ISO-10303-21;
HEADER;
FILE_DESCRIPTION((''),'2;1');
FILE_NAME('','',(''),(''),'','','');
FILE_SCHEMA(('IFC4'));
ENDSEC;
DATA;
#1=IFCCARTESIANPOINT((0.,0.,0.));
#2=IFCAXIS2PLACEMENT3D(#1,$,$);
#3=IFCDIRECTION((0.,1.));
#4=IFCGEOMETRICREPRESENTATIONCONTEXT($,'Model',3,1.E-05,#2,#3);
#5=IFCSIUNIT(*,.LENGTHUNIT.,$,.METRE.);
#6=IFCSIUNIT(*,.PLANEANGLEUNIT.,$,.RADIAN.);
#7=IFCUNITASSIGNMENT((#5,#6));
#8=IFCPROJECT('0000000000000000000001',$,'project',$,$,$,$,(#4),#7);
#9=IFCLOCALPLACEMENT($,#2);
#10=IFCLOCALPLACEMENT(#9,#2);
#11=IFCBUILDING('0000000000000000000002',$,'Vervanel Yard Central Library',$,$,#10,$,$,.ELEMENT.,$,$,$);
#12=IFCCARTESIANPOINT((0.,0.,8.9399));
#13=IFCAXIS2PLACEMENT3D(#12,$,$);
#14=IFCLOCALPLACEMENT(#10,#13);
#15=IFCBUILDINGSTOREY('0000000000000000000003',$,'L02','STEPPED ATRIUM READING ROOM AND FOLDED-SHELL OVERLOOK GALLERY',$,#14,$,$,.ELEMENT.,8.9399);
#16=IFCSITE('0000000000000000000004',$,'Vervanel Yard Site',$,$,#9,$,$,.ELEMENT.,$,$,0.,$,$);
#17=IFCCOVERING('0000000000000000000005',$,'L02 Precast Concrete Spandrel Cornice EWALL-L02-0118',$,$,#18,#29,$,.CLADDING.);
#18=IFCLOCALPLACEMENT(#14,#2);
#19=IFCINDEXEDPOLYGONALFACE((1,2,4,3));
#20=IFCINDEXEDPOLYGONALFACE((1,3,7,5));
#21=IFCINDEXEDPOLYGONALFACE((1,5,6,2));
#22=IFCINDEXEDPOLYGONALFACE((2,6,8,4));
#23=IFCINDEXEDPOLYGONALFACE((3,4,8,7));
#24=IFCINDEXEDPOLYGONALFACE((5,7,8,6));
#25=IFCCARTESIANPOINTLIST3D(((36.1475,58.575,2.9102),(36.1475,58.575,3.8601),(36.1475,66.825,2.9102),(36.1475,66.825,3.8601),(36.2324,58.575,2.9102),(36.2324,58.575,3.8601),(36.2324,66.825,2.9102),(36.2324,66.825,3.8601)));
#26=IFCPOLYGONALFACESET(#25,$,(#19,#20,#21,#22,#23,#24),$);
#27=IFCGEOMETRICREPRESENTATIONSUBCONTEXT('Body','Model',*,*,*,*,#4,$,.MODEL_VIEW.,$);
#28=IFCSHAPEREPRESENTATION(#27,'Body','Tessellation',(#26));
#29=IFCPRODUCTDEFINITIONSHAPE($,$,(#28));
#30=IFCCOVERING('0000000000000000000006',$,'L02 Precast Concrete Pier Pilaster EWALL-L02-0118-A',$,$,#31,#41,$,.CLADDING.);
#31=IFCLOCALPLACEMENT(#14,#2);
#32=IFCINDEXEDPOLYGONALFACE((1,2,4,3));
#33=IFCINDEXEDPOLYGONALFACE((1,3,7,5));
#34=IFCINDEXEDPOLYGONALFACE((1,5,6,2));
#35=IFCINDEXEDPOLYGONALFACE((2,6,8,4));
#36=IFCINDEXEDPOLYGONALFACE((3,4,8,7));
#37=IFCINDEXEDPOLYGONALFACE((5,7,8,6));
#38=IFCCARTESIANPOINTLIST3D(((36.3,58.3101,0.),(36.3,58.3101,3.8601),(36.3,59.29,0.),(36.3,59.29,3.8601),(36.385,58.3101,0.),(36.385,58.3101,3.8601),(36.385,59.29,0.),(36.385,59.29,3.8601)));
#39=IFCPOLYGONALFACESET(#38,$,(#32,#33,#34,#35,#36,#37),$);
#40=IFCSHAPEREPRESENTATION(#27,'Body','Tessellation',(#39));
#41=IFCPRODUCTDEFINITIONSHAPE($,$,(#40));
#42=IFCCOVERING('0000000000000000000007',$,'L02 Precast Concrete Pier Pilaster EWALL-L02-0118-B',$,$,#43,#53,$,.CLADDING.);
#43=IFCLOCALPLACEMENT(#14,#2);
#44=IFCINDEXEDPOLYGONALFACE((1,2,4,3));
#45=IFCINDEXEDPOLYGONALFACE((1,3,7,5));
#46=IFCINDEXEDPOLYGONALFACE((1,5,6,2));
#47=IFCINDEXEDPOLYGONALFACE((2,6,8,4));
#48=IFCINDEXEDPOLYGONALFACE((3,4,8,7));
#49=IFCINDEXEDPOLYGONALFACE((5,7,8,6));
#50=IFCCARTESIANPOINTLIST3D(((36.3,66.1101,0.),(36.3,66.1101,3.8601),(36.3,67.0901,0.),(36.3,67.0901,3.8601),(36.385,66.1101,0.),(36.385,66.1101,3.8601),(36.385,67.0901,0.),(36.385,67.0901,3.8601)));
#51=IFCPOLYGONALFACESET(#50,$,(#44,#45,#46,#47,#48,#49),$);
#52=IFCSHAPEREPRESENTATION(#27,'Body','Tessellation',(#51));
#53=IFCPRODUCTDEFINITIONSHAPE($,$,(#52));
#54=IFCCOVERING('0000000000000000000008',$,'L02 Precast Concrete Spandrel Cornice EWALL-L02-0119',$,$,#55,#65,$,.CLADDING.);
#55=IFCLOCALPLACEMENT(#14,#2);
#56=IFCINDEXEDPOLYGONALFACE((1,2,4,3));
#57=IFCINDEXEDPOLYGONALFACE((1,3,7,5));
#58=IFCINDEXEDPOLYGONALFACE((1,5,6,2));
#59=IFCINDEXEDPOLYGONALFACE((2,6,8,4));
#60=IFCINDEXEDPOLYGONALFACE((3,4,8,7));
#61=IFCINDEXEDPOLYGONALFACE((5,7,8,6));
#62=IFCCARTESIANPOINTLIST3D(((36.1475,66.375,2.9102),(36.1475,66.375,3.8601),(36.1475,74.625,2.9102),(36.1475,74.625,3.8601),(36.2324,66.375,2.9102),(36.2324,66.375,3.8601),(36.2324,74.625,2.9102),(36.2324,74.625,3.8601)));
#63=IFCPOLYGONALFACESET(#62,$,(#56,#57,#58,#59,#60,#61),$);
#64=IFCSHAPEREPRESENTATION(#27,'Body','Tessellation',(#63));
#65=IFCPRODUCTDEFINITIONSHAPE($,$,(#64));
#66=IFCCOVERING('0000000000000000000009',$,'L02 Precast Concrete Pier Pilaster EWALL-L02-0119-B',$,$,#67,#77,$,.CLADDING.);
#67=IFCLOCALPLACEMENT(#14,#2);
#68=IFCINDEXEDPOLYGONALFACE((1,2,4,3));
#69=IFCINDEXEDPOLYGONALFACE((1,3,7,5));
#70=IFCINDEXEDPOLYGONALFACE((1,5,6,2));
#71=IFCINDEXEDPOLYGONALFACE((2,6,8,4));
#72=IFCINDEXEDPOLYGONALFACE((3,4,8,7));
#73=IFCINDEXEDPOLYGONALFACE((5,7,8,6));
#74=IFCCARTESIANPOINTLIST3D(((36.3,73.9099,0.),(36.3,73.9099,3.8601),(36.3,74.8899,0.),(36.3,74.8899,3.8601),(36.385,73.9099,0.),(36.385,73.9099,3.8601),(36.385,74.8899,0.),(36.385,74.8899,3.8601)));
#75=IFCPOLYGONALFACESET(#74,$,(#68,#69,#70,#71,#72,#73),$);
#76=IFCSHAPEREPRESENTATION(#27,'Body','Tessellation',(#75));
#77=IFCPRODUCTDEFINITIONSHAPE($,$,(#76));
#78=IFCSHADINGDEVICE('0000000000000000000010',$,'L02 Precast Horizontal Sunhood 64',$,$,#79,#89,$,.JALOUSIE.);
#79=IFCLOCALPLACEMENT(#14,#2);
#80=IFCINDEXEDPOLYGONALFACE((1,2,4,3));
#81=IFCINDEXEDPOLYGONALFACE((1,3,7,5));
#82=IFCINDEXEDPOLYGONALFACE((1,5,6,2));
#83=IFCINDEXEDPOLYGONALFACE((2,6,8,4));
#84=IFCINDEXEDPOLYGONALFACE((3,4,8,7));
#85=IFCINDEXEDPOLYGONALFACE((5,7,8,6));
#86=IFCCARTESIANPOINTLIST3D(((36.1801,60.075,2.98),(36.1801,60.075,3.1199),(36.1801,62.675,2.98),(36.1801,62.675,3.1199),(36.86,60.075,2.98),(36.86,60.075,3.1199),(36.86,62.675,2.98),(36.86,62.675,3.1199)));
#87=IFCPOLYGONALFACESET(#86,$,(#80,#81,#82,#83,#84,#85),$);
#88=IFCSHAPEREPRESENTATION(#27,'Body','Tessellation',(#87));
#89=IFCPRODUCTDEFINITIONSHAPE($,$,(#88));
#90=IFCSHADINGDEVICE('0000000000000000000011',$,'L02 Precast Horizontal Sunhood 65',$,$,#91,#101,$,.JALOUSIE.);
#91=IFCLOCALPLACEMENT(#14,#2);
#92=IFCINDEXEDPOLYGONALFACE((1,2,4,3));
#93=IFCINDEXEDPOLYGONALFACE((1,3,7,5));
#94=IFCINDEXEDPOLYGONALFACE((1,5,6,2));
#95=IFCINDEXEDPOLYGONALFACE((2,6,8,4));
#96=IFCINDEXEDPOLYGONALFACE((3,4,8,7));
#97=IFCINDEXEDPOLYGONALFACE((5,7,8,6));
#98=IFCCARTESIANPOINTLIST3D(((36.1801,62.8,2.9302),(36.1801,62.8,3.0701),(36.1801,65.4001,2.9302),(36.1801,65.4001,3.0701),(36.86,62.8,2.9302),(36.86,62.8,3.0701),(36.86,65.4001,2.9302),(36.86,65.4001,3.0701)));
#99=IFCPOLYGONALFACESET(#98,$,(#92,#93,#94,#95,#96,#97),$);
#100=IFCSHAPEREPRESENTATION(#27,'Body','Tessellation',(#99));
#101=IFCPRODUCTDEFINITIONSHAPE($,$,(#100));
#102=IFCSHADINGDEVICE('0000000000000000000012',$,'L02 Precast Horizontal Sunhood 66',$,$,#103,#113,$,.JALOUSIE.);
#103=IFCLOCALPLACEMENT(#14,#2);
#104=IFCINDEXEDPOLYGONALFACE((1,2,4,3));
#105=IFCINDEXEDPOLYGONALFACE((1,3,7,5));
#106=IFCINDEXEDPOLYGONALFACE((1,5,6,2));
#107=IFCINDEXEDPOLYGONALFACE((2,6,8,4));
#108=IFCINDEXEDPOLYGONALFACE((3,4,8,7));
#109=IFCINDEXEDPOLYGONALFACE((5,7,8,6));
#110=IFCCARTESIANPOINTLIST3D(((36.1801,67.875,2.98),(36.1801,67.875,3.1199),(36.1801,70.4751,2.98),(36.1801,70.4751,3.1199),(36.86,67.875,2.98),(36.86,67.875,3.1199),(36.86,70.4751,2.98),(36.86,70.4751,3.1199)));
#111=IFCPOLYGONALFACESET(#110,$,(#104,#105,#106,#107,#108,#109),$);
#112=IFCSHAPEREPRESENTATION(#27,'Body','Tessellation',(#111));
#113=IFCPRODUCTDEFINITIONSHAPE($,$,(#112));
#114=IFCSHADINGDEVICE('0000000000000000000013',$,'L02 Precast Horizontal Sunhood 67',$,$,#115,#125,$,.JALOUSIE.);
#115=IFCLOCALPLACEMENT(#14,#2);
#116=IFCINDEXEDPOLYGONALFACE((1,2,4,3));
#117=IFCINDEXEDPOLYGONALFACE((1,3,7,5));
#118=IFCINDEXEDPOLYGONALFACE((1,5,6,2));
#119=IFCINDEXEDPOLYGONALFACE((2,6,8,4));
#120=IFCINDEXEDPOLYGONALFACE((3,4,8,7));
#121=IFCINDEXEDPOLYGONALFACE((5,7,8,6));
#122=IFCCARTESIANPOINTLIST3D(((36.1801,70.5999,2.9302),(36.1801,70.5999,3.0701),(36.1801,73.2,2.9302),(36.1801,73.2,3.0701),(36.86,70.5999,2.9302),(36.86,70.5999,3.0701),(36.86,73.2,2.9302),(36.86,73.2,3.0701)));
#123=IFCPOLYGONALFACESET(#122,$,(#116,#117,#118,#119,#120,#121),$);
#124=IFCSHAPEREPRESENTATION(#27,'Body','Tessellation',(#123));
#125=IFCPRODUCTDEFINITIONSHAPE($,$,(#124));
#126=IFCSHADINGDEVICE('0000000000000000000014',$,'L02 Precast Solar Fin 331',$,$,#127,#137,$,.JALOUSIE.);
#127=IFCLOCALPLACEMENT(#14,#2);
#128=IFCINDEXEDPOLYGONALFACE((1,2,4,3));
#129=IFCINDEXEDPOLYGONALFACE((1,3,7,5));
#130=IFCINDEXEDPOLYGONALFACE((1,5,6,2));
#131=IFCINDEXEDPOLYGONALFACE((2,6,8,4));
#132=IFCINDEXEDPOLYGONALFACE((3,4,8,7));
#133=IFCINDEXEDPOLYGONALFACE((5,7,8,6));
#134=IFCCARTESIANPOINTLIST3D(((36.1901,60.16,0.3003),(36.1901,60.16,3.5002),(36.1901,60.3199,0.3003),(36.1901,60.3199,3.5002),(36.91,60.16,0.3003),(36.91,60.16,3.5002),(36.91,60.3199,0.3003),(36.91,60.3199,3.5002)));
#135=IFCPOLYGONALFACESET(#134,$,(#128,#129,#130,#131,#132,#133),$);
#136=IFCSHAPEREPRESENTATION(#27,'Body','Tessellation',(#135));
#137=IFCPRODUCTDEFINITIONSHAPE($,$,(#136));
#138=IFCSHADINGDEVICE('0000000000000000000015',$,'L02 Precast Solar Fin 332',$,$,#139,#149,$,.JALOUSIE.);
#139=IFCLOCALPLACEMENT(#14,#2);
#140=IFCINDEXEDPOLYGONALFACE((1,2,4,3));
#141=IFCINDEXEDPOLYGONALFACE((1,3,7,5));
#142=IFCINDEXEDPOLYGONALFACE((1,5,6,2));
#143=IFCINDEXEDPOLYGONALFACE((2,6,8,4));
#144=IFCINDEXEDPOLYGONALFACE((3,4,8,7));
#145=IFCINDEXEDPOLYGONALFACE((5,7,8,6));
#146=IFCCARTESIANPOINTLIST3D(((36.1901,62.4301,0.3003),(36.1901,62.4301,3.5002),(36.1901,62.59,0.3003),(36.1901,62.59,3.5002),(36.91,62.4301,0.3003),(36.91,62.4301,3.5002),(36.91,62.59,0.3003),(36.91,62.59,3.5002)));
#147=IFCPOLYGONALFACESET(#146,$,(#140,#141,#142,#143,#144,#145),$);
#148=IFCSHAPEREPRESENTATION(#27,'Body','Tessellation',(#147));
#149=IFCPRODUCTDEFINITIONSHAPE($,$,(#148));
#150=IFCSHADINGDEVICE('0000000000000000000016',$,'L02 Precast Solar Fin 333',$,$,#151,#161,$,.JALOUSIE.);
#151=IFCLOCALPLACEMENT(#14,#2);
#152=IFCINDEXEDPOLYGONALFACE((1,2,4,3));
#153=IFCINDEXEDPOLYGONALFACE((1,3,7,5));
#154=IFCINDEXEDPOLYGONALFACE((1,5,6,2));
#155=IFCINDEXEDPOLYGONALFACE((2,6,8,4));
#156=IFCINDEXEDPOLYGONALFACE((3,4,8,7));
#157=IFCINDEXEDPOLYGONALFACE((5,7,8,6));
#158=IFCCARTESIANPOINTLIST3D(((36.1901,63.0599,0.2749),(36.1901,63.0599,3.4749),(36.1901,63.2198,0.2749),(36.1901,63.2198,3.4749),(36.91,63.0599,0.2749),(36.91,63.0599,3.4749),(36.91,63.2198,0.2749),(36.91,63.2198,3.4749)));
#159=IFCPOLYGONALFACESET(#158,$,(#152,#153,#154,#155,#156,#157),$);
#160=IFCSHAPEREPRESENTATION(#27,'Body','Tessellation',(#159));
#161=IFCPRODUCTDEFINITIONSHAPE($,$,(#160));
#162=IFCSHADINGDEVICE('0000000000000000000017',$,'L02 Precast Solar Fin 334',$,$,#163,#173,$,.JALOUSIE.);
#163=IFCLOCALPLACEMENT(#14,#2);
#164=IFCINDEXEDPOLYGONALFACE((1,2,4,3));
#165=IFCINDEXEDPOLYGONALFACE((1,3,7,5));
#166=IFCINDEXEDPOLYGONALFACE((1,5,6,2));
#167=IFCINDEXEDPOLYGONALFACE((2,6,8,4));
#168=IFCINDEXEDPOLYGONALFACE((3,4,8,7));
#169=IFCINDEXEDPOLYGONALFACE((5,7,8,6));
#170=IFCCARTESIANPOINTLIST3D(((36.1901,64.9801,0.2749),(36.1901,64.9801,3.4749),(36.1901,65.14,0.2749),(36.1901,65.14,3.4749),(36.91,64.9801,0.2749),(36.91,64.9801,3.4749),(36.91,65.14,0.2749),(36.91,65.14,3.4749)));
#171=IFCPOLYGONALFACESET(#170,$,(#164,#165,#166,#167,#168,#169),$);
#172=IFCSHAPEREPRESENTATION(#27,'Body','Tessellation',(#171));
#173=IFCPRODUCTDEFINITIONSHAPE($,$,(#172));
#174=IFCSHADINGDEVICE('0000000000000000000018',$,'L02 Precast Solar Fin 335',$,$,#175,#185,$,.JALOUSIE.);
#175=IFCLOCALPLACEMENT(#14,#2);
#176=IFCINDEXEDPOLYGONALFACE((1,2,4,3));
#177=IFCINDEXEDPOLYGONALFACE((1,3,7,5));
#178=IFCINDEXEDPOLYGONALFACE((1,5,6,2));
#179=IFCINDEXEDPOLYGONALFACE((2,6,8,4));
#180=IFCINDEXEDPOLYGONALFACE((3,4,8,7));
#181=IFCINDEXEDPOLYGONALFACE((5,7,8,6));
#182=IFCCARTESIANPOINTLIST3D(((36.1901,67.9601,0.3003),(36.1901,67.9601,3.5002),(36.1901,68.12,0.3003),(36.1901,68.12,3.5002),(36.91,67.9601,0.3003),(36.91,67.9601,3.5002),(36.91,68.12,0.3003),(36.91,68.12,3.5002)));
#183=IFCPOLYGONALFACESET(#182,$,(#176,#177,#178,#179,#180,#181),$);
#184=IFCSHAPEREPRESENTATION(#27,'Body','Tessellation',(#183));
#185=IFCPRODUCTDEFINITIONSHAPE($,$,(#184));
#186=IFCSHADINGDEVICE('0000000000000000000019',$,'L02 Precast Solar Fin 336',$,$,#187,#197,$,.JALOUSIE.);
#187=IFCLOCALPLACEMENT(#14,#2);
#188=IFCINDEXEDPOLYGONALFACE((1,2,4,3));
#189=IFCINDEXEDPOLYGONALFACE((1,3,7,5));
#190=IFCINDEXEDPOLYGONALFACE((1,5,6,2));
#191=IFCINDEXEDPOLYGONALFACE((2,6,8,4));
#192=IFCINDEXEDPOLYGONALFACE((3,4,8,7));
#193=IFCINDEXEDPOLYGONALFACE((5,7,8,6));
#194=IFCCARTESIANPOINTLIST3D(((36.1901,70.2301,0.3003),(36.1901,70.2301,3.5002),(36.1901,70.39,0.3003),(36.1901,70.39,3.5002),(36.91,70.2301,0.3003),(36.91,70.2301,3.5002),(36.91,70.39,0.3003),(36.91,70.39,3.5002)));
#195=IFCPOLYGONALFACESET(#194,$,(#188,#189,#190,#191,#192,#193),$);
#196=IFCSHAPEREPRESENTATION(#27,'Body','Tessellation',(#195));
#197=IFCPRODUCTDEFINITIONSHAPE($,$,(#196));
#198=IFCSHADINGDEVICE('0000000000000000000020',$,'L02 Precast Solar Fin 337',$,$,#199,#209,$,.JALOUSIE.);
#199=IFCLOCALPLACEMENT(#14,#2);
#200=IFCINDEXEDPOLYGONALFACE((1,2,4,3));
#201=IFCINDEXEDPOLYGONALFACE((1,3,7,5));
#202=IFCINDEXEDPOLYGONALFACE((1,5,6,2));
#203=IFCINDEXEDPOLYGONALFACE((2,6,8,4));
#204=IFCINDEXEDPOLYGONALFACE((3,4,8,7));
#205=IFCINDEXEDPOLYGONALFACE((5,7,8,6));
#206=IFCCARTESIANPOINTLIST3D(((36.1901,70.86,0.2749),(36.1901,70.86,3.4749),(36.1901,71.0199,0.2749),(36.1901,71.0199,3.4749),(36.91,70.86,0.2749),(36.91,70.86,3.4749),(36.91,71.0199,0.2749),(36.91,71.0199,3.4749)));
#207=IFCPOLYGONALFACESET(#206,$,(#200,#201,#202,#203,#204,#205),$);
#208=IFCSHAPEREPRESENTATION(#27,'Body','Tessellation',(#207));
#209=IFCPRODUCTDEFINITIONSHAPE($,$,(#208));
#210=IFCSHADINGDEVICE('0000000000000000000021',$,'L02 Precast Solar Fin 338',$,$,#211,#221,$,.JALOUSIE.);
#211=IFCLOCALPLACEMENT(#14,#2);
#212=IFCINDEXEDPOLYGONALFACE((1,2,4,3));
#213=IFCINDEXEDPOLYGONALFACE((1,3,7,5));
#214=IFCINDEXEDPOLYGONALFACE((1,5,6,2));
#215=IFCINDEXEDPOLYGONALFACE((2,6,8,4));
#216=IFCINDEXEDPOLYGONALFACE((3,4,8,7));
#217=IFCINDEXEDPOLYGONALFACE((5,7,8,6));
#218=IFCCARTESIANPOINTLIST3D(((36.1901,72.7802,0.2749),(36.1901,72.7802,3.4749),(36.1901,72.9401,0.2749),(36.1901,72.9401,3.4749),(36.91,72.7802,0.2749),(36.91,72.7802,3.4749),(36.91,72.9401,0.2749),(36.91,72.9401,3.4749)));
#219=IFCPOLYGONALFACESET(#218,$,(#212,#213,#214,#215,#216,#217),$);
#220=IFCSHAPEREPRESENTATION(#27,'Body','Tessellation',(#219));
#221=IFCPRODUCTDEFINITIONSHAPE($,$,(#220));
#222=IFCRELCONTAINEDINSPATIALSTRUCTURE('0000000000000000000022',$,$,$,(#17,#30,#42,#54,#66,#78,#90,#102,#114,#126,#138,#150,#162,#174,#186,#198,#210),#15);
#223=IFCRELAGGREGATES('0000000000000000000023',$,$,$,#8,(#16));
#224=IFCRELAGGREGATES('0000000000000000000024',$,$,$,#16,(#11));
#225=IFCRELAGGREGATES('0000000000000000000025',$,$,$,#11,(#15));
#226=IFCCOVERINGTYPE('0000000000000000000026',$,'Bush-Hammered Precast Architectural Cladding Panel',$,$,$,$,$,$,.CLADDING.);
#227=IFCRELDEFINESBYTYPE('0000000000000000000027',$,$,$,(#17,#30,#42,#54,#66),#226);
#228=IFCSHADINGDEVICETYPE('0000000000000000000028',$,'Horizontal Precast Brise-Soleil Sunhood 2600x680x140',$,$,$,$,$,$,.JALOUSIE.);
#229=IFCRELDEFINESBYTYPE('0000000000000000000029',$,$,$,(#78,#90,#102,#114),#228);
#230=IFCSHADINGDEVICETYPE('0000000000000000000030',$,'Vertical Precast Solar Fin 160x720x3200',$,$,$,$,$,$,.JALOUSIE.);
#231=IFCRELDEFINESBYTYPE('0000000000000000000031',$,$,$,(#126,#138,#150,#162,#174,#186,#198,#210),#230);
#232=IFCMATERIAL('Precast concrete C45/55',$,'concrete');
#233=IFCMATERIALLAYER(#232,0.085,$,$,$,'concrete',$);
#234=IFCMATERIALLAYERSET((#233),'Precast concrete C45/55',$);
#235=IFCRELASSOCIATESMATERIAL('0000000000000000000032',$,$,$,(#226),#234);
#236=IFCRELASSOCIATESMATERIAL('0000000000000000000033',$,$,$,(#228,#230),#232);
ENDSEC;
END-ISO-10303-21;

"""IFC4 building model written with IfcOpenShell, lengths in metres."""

from ifc_helpers import new_model, si_unit, direction, frame, origin, origin_2d, place, context, subcontext, project, spatial, rectangle, extrude, material, layer, layer_set, type_object, element, save


model = new_model("IFC4")

# Units and contexts
model_context = context("Model", 3, precision=1e-05, world=origin(), true_north=direction((0.0, 1.0)))
body_context = subcontext(model_context, "Body", "Model", "MODEL_VIEW")
ifc_project = project(units=[si_unit("LENGTHUNIT", "METRE"), si_unit("PLANEANGLEUNIT", "RADIAN")], contexts=[model_context])

# Site, building, storey
site_placement = place(None, origin())
site = spatial("IfcSite", under=ifc_project, at=site_placement, Name="Vervanel Yard Site", CompositionType="ELEMENT", RefElevation=0.0)
building_placement = place(site_placement, origin())
building = spatial("IfcBuilding", under=site, at=building_placement, Name="Vervanel Yard Central Library", CompositionType="ELEMENT")
storey_placement = place(building_placement, frame((0.0, 0.0, 8.9399)))
storey = spatial("IfcBuildingStorey", under=building, at=storey_placement, Name="L02", Description="STEPPED ATRIUM READING ROOM AND FOLDED-SHELL OVERLOOK GALLERY", CompositionType="ELEMENT", Elevation=8.9399)

# Coverings
ifc_material_1 = material(Name="Precast concrete C45/55", Category="concrete")
ifc_layer = layer(ifc_material_1, 0.085, Category="concrete")
ifc_layer_set = layer_set([ifc_layer], Name="Precast concrete C45/55")
covering_type = type_object("IfcCoveringType", Name="Bush-Hammered Precast Architectural Cladding Panel", PredefinedType="CLADDING", material=ifc_layer_set)
covering_1_placement = place(storey_placement, frame((36.1899, 62.7, 2.9102), z_axis=(0.0, 0.0, 1.0), x_axis=(0.0, 1.0, 0.0)))
element("IfcCovering", 1, at=covering_1_placement, inside=storey, type_object=covering_type, Name="L02 Precast Concrete Spandrel Cornice EWALL-L02-0118", PredefinedType="CLADDING", context=body_context, shape_type="SweptSolid", body=[
    extrude(rectangle(XDim=8.25, YDim=0.085, at=origin_2d()), origin(), (0.0, 0.0, 1.0), 0.95),
])
for number, where, z_axis, x_axis, name in (
    (2, (36.3425, 58.8, 0.0), (0.0, 0.0, 1.0), (0.0, 1.0, 0.0), "L02 Precast Concrete Pier Pilaster EWALL-L02-0118-A"),
    (3, (36.3425, 66.6001, 0.0), (0.0, 0.0, 1.0), (0.0, 1.0, 0.0), "L02 Precast Concrete Pier Pilaster EWALL-L02-0118-B"),
):
    element("IfcCovering", number, at=place(storey_placement, frame(where, z_axis=z_axis, x_axis=x_axis)), inside=storey, type_object=covering_type, Name=name, PredefinedType="CLADDING", context=body_context, shape_type="SweptSolid", body=[
        extrude(rectangle(XDim=0.98, YDim=0.085, at=origin_2d()), origin(), (0.0, 0.0, 1.0), 3.8601),
    ])
covering_2_placement = place(storey_placement, frame((36.1899, 70.5, 2.9102), z_axis=(0.0, 0.0, 1.0), x_axis=(0.0, 1.0, 0.0)))
element("IfcCovering", 4, at=covering_2_placement, inside=storey, type_object=covering_type, Name="L02 Precast Concrete Spandrel Cornice EWALL-L02-0119", PredefinedType="CLADDING", context=body_context, shape_type="SweptSolid", body=[
    extrude(rectangle(XDim=8.25, YDim=0.085, at=origin_2d()), origin(), (0.0, 0.0, 1.0), 0.95),
])
covering_3_placement = place(storey_placement, frame((36.3425, 74.3999, 0.0), z_axis=(0.0, 0.0, 1.0), x_axis=(0.0, 1.0, 0.0)))
element("IfcCovering", 5, at=covering_3_placement, inside=storey, type_object=covering_type, Name="L02 Precast Concrete Pier Pilaster EWALL-L02-0119-B", PredefinedType="CLADDING", context=body_context, shape_type="SweptSolid", body=[
    extrude(rectangle(XDim=0.98, YDim=0.085, at=origin_2d()), origin(), (0.0, 0.0, 1.0), 3.8601),
])

# Shading devices
shading_device_type_1 = type_object("IfcShadingDeviceType", Name="Horizontal Precast Brise-Soleil Sunhood 2600x680x140", PredefinedType="JALOUSIE", material=ifc_material_1)
for number, where, z_axis, x_axis, name in (
    (6, (36.52, 61.375, 2.98), (0.0, 0.0, 1.0), (0.0, 1.0, 0.0), "L02 Precast Horizontal Sunhood 64"),
    (7, (36.52, 64.1001, 2.9302), (0.0, 0.0, 1.0), (0.0, 1.0, 0.0), "L02 Precast Horizontal Sunhood 65"),
    (8, (36.52, 69.175, 2.98), (0.0, 0.0, 1.0), (0.0, 1.0, 0.0), "L02 Precast Horizontal Sunhood 66"),
    (9, (36.52, 71.8999, 2.9302), (0.0, 0.0, 1.0), (0.0, 1.0, 0.0), "L02 Precast Horizontal Sunhood 67"),
):
    element("IfcShadingDevice", number, at=place(storey_placement, frame(where, z_axis=z_axis, x_axis=x_axis)), inside=storey, type_object=shading_device_type_1, Name=name, PredefinedType="JALOUSIE", context=body_context, shape_type="SweptSolid", body=[
        extrude(rectangle(XDim=2.6001, YDim=0.6799, at=origin_2d()), origin(), (0.0, 0.0, 1.0), 0.1399),
    ])
shading_device_type_2 = type_object("IfcShadingDeviceType", Name="Vertical Precast Solar Fin 160x720x3200", PredefinedType="JALOUSIE", material=ifc_material_1)
for number, where, z_axis, x_axis, name in (
    (10, (36.55, 60.24, 0.3003), (0.0, 0.0, 1.0), (0.0, 1.0, 0.0), "L02 Precast Solar Fin 331"),
    (11, (36.55, 62.51, 0.3003), (0.0, 0.0, 1.0), (0.0, 1.0, 0.0), "L02 Precast Solar Fin 332"),
    (12, (36.55, 63.1399, 0.2749), (0.0, 0.0, 1.0), (0.0, 1.0, 0.0), "L02 Precast Solar Fin 333"),
    (13, (36.55, 65.0601, 0.2749), (0.0, 0.0, 1.0), (0.0, 1.0, 0.0), "L02 Precast Solar Fin 334"),
    (14, (36.55, 68.04, 0.3003), (0.0, 0.0, 1.0), (0.0, 1.0, 0.0), "L02 Precast Solar Fin 335"),
    (15, (36.55, 70.3101, 0.3003), (0.0, 0.0, 1.0), (0.0, 1.0, 0.0), "L02 Precast Solar Fin 336"),
    (16, (36.55, 70.9399, 0.2749), (0.0, 0.0, 1.0), (0.0, 1.0, 0.0), "L02 Precast Solar Fin 337"),
    (17, (36.55, 72.8601, 0.2749), (0.0, 0.0, 1.0), (0.0, 1.0, 0.0), "L02 Precast Solar Fin 338"),
):
    element("IfcShadingDevice", number, at=place(storey_placement, frame(where, z_axis=z_axis, x_axis=x_axis)), inside=storey, type_object=shading_device_type_2, Name=name, PredefinedType="JALOUSIE", context=body_context, shape_type="SweptSolid", body=[
        extrude(rectangle(XDim=0.1599, YDim=0.72, at=origin_2d()), origin(), (0.0, 0.0, 1.0), 3.2),
    ])

save(model, "model.ifc")
